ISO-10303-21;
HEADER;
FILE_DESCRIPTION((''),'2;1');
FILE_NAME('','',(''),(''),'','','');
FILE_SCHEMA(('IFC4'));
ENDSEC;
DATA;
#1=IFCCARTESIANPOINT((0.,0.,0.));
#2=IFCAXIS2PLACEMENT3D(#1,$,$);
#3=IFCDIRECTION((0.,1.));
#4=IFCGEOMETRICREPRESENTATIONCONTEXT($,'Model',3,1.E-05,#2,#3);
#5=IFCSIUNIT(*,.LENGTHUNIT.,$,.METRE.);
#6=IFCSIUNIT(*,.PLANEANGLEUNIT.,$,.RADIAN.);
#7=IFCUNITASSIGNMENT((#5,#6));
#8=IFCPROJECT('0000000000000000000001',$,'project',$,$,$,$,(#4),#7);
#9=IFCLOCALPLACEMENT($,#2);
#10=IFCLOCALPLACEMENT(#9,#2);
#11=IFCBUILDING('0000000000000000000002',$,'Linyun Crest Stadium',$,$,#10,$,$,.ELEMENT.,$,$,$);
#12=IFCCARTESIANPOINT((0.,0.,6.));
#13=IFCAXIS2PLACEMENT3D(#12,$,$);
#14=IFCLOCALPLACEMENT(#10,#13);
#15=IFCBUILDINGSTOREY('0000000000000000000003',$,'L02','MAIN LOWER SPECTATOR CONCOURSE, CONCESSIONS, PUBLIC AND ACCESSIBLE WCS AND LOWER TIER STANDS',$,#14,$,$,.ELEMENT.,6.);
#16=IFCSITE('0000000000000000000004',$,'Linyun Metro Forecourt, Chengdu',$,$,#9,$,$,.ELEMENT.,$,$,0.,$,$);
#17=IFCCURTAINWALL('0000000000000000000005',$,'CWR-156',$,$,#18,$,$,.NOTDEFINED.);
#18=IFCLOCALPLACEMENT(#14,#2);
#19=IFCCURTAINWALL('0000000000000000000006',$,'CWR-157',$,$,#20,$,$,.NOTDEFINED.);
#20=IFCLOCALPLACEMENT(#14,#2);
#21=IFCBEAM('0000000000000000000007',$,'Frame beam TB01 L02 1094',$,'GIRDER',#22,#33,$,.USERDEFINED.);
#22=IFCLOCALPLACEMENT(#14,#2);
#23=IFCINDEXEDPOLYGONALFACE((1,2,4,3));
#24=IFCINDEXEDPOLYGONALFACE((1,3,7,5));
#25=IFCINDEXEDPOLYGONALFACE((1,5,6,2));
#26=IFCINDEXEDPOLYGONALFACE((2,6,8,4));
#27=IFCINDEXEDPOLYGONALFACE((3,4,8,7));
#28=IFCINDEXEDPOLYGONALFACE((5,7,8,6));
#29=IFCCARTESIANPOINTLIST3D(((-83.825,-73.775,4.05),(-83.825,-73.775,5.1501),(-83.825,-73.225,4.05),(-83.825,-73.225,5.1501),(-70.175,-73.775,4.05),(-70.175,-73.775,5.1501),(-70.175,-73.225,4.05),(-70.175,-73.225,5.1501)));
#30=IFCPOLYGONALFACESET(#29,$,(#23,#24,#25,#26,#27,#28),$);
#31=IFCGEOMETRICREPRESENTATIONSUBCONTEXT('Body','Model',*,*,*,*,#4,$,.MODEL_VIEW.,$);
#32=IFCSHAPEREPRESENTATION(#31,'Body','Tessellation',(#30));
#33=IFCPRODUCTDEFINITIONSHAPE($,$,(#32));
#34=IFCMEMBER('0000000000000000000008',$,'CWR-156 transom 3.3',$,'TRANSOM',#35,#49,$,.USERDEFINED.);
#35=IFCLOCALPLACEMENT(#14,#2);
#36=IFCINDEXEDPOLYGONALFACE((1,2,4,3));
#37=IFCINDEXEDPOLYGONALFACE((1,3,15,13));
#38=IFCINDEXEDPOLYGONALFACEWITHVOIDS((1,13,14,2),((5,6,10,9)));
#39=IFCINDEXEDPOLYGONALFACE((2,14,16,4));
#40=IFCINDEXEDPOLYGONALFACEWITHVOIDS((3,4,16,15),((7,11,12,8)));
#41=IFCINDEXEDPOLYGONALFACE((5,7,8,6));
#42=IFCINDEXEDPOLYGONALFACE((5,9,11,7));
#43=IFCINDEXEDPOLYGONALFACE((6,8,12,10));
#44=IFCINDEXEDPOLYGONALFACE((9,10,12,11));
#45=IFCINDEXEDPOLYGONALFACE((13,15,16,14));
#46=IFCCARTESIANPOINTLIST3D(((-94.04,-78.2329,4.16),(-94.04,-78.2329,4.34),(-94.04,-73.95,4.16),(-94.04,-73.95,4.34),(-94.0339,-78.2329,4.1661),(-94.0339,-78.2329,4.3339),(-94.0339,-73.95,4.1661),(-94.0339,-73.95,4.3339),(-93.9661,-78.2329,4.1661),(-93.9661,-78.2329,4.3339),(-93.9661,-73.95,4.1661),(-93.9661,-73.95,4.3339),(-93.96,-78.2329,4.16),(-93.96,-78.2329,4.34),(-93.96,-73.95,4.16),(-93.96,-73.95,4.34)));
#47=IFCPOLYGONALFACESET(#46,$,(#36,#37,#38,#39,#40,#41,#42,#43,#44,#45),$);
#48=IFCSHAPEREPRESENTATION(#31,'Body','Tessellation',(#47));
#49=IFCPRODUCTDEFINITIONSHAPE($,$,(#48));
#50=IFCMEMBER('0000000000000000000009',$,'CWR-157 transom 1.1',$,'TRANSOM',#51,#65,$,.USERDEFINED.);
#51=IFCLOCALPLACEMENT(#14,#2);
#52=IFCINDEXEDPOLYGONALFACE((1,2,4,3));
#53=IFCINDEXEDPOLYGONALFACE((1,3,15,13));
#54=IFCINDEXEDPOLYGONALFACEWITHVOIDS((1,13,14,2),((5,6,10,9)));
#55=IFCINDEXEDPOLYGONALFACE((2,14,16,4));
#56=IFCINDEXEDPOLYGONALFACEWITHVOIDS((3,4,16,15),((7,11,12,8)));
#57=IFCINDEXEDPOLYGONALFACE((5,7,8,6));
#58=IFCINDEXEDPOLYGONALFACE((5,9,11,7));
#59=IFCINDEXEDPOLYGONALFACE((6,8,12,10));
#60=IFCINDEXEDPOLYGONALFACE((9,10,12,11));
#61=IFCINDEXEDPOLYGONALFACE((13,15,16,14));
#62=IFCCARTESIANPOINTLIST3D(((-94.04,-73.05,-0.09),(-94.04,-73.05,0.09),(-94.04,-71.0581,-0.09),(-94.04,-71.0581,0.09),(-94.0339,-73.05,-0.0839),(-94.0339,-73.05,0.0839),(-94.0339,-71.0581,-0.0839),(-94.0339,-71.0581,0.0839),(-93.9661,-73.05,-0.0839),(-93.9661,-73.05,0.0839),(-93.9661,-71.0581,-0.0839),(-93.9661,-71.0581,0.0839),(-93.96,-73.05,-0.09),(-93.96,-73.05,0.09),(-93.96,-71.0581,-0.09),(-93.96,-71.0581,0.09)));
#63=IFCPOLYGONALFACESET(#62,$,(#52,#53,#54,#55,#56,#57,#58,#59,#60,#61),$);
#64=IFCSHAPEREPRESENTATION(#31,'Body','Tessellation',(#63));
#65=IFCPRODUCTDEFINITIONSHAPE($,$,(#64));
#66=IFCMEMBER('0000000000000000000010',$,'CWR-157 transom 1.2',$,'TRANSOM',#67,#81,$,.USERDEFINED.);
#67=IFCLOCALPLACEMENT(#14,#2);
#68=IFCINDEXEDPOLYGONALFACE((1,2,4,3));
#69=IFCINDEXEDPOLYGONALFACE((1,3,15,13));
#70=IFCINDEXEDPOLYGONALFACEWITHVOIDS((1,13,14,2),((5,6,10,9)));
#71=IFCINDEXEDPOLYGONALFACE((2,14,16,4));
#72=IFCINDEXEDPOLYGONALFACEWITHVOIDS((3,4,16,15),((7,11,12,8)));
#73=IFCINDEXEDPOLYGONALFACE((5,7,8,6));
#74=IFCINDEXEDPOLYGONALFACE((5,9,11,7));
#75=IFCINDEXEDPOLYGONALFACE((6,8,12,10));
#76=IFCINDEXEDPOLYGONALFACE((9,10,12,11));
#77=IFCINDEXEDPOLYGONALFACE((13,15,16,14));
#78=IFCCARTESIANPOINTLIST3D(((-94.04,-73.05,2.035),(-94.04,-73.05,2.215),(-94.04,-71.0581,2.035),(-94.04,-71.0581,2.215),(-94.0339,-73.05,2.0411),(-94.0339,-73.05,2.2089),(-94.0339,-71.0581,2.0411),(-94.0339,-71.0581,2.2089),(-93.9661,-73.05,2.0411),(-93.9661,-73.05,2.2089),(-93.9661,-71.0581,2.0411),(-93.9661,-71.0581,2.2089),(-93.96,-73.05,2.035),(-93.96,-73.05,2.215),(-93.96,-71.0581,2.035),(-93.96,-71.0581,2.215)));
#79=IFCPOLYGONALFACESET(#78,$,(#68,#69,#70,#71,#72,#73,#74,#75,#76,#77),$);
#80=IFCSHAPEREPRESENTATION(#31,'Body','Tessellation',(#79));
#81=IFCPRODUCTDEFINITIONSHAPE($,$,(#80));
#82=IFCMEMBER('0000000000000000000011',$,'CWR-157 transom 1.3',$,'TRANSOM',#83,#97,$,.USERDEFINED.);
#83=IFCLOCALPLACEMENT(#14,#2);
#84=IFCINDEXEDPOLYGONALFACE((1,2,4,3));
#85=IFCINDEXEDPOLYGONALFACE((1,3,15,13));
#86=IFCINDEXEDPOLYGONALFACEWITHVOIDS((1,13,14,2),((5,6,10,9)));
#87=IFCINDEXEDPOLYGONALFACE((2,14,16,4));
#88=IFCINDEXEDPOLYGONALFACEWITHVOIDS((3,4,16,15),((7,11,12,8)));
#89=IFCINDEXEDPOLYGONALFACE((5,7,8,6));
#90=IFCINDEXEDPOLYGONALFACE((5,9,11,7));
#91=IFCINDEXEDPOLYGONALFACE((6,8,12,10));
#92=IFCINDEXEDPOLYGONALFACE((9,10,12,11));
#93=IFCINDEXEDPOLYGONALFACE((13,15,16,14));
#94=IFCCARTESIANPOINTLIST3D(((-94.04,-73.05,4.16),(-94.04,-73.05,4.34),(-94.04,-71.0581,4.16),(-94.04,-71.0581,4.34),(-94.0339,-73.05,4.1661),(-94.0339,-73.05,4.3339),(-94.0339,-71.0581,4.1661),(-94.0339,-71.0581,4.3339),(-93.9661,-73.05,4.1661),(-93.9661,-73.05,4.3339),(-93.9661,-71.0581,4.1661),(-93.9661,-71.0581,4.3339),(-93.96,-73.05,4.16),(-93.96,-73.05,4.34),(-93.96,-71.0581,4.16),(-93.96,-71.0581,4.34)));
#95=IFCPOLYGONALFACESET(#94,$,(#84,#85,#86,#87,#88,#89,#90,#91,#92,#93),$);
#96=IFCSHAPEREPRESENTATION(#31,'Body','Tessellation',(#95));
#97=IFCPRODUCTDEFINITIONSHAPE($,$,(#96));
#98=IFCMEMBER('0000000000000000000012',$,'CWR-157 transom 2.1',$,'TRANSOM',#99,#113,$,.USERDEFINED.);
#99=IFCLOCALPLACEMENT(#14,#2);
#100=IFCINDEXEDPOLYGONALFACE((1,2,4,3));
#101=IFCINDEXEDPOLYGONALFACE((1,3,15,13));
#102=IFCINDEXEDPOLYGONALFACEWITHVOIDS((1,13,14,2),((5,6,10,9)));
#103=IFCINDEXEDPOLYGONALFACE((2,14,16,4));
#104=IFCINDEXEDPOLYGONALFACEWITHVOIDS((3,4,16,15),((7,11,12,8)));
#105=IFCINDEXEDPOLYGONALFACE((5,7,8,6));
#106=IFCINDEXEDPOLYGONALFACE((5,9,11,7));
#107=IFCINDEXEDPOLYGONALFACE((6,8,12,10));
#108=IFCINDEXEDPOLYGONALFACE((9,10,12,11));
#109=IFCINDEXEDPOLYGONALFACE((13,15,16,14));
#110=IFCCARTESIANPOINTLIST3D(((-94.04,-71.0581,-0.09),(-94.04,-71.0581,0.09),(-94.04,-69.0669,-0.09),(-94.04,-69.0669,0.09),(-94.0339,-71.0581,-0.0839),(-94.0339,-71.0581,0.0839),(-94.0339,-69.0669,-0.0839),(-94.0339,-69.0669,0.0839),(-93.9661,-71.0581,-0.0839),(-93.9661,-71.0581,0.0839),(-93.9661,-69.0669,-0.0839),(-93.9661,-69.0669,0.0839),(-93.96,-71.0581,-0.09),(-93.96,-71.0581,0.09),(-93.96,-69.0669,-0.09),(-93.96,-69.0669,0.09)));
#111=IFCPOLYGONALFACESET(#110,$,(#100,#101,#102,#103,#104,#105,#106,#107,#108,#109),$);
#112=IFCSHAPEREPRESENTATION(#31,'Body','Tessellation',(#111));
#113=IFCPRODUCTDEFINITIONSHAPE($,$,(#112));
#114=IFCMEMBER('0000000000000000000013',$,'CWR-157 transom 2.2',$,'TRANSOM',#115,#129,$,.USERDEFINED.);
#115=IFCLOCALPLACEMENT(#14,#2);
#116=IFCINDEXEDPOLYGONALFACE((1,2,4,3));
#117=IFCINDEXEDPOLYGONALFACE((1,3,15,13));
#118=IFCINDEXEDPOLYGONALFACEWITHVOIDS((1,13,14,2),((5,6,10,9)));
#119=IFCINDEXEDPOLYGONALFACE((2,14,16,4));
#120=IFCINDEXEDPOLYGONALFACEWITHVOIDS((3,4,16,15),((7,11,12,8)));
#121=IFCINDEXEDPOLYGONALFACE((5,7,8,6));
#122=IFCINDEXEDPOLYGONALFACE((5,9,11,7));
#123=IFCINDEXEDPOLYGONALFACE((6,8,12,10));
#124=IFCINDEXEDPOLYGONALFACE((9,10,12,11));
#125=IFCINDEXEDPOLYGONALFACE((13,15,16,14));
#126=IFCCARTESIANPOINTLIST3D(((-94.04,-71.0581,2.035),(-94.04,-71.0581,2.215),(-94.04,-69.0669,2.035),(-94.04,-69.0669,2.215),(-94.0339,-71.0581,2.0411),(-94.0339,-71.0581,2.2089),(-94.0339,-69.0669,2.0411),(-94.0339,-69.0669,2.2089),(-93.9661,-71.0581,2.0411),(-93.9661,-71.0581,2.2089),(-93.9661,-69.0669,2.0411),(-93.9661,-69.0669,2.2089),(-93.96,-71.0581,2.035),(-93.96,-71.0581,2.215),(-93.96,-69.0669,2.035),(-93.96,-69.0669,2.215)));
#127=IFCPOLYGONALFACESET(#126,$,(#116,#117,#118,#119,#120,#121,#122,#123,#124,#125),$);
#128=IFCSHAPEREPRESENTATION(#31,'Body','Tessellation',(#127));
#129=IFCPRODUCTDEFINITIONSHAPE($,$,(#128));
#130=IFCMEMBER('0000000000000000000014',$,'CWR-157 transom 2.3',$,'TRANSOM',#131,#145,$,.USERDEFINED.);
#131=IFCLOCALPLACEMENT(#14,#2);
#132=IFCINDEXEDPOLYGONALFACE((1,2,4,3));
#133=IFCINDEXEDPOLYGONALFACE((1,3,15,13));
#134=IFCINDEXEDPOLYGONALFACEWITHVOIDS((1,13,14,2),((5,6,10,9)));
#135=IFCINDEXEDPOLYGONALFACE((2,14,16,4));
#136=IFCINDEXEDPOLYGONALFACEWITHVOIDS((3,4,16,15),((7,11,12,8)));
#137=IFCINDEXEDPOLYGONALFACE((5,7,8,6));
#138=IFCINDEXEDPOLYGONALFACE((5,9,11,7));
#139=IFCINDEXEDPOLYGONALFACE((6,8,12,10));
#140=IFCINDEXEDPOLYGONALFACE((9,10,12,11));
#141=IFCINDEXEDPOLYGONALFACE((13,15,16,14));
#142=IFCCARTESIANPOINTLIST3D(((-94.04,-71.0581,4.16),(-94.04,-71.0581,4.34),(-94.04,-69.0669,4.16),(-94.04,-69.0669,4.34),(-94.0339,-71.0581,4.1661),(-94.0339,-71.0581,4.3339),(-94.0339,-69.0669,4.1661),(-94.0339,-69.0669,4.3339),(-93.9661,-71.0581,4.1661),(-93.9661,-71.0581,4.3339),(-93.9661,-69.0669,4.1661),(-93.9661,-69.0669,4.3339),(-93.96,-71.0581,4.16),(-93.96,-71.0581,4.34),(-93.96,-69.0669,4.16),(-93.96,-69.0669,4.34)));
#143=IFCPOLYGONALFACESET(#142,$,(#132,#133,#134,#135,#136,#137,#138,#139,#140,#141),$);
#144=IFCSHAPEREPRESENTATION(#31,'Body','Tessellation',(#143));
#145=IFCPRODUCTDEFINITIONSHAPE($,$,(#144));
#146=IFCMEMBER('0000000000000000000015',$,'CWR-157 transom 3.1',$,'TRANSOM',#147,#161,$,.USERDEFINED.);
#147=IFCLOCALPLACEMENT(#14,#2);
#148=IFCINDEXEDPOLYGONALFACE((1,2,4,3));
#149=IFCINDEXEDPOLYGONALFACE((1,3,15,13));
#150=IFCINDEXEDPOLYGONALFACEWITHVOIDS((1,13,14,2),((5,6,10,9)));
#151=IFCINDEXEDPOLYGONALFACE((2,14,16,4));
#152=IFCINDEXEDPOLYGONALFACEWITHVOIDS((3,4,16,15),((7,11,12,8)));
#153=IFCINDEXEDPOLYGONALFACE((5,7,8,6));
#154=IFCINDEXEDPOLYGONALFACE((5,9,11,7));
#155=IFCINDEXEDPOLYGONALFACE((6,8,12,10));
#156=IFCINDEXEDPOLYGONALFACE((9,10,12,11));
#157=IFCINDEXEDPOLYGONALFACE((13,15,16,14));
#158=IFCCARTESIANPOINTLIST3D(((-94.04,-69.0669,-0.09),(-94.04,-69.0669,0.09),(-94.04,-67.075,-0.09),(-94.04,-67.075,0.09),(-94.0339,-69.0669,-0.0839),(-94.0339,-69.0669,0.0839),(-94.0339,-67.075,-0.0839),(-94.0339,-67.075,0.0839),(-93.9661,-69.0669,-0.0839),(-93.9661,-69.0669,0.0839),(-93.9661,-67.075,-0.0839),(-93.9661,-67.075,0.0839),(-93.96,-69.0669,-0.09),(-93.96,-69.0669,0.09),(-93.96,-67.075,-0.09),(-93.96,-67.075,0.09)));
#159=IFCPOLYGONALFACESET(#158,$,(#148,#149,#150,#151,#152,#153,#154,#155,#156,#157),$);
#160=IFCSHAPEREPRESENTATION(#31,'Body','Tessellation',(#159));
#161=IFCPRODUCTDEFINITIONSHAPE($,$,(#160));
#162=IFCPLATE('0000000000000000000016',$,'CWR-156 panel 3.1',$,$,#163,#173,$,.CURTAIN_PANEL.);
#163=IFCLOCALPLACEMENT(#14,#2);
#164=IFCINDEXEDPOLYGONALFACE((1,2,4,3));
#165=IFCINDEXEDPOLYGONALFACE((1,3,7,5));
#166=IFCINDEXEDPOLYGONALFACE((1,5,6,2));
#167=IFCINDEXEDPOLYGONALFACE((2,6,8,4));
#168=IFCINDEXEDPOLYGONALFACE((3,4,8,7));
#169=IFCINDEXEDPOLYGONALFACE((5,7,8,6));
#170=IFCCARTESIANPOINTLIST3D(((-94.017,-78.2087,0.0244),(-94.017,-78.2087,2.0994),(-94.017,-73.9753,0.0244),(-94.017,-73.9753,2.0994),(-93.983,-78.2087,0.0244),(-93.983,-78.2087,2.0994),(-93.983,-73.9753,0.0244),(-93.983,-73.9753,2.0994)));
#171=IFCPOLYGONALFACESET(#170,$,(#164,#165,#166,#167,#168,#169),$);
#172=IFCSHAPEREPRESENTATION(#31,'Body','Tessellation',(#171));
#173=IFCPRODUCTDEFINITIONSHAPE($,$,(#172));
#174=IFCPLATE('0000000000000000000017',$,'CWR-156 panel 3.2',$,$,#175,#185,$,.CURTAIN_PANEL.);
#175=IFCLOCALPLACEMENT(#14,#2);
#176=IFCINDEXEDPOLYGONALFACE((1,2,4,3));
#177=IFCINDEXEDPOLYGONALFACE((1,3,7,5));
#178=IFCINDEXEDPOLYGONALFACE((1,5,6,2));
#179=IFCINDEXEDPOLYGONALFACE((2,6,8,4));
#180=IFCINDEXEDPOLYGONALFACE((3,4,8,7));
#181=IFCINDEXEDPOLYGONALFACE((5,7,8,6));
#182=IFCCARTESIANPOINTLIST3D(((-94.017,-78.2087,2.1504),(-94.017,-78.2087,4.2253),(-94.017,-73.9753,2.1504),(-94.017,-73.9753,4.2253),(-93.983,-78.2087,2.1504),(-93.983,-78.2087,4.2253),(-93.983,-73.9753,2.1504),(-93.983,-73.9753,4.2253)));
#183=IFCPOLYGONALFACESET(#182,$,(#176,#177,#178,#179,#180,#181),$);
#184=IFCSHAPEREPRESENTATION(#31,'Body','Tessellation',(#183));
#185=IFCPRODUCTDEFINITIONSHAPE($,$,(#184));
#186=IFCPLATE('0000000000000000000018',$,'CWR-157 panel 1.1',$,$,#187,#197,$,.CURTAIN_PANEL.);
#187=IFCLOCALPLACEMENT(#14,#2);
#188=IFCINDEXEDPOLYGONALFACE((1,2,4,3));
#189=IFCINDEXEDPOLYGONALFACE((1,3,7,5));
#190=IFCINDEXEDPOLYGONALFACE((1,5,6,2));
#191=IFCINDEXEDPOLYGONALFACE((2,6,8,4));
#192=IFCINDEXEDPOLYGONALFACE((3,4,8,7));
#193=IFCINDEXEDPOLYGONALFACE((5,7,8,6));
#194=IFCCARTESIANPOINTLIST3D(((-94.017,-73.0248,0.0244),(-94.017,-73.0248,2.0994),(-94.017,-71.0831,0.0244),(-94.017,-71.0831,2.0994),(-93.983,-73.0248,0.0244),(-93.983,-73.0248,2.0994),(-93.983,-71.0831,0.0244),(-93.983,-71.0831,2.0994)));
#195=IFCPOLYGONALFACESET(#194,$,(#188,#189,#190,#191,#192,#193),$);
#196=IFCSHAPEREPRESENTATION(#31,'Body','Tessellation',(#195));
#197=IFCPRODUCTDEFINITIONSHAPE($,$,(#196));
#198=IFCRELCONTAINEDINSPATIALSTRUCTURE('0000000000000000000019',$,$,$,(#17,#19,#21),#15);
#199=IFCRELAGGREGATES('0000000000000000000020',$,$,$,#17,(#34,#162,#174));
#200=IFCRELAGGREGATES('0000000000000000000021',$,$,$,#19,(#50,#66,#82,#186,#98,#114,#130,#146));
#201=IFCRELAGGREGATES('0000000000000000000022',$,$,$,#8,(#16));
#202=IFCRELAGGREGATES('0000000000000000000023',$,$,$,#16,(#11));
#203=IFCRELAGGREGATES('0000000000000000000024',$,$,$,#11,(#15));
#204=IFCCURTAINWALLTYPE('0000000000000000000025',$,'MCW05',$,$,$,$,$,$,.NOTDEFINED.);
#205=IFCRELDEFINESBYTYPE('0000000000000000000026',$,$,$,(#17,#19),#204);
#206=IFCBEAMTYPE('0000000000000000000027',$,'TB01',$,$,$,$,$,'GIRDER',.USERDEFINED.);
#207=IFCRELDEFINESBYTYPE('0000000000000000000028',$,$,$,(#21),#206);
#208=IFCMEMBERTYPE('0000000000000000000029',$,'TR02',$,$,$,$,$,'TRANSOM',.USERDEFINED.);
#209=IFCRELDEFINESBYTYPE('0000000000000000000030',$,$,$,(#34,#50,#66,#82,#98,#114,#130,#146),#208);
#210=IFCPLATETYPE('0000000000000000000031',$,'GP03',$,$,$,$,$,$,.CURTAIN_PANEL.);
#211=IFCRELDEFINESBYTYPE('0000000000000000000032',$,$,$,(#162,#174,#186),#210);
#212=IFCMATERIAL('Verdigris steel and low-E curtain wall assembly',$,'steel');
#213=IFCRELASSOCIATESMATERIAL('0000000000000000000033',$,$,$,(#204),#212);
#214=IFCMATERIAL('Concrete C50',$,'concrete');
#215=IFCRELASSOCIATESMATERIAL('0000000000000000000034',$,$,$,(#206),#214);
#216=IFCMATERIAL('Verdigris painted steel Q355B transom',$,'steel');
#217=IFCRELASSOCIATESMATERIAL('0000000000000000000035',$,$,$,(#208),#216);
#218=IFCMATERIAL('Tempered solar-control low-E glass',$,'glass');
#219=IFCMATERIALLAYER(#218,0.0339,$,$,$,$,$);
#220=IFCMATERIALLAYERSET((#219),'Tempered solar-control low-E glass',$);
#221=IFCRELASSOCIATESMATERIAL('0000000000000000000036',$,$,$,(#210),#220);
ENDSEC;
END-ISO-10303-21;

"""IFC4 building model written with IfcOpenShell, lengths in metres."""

from ifc_helpers import new_model, si_unit, direction, frame, origin, origin_2d, place, context, subcontext, project, spatial, rectangle, hollow_rectangle, extrude, material, layer, layer_set, material_profile, profile_set, type_object, element, aggregate, save


model = new_model("IFC4")

# Units and contexts
model_context = context("Model", 3, precision=1e-05, world=origin(), true_north=direction((0.0, 1.0)))
body_context = subcontext(model_context, "Body", "Model", "MODEL_VIEW")
ifc_project = project(units=[si_unit("LENGTHUNIT", "METRE"), si_unit("PLANEANGLEUNIT", "RADIAN")], contexts=[model_context])

# Site, building, storey
site_placement = place(None, origin())
site = spatial("IfcSite", under=ifc_project, at=site_placement, Name="Linyun Metro Forecourt, Chengdu", CompositionType="ELEMENT", RefElevation=0.0)
building_placement = place(site_placement, origin())
building = spatial("IfcBuilding", under=site, at=building_placement, Name="Linyun Crest Stadium", CompositionType="ELEMENT")
storey_placement = place(building_placement, frame((0.0, 0.0, 6.0)))
storey = spatial("IfcBuildingStorey", under=building, at=storey_placement, Name="L02", Description="MAIN LOWER SPECTATOR CONCOURSE, CONCESSIONS, PUBLIC AND ACCESSIBLE WCS AND LOWER TIER STANDS", CompositionType="ELEMENT", Elevation=6.0)

# Curtain wall
ifc_material_1 = material(Name="Verdigris steel and low-E curtain wall assembly", Category="steel")
curtain_wall_type = type_object("IfcCurtainWallType", Name="MCW05", PredefinedType="NOTDEFINED", material=ifc_material_1)
curtain_wall_1_placement = place(storey_placement, origin())
curtain_wall_1 = element("IfcCurtainWall", 1, at=curtain_wall_1_placement, inside=storey, type_object=curtain_wall_type, Name="CWR-156", PredefinedType="NOTDEFINED")

# Curtain wall
curtain_wall_2_placement = place(storey_placement, origin())
curtain_wall_2 = element("IfcCurtainWall", 2, at=curtain_wall_2_placement, inside=storey, type_object=curtain_wall_type, Name="CWR-157", PredefinedType="NOTDEFINED")

# Beam
ifc_material_2 = material(Name="Concrete C50", Category="concrete")
ifc_material_profile_1 = material_profile(ifc_material_2, rectangle(XDim=0.55, YDim=1.1001, at=origin_2d()), Name="RCB 1100x550")
ifc_profile_set_1 = profile_set([ifc_material_profile_1], Name="Concrete C50")
beam_type_1 = type_object("IfcBeamType", Name="TB01", ElementType="GIRDER", PredefinedType="USERDEFINED", material=ifc_profile_set_1)
beam_1_placement = place(storey_placement, frame((-83.825, -73.5, 4.6001), z_axis=(1.0, 0.0, 0.0), x_axis=(0.0, 1.0, 0.0)))
element("IfcBeam", 3, at=beam_1_placement, inside=storey, type_object=beam_type_1, Name="Frame beam TB01 L02 1094", ObjectType="GIRDER", PredefinedType="USERDEFINED", context=body_context, shape_type="SweptSolid", body=[
    extrude(rectangle(XDim=0.55, YDim=1.1001, at=origin_2d()), origin(), (0.0, 0.0, 1.0), 13.6499),
])

# Members
ifc_material_3 = material(Name="Verdigris painted steel Q355B transom", Category="steel")
ifc_material_profile_2 = material_profile(ifc_material_3, hollow_rectangle(XDim=0.0801, YDim=0.1799, WallThickness=0.0061, at=origin_2d()), Name="RHS 180x80x6")
ifc_profile_set_2 = profile_set([ifc_material_profile_2], Name="Verdigris painted steel Q355B transom")
member_type_1 = type_object("IfcMemberType", Name="TR02", ElementType="TRANSOM", PredefinedType="USERDEFINED", material=ifc_profile_set_2)
member_1_placement = place(storey_placement, frame((-94.0, -78.2329, 4.25), z_axis=(0.0, 1.0, 0.0), x_axis=(-1.0, 0.0, 0.0)))
member_1 = element("IfcMember", 4, at=member_1_placement, type_object=member_type_1, Name="CWR-156 transom 3.3", ObjectType="TRANSOM", PredefinedType="USERDEFINED", context=body_context, shape_type="SweptSolid", body=[
    extrude(hollow_rectangle(XDim=0.0801, YDim=0.1799, WallThickness=0.0061, at=origin_2d()), origin(), (0.0, 0.0, 1.0), 4.283),
])
member_2_placement = place(storey_placement, frame((-94.0, -73.05, 0.0), z_axis=(0.0, 1.0, 0.0), x_axis=(-1.0, 0.0, 0.0)))
member_2 = element("IfcMember", 5, at=member_2_placement, type_object=member_type_1, Name="CWR-157 transom 1.1", ObjectType="TRANSOM", PredefinedType="USERDEFINED", context=body_context, shape_type="SweptSolid", body=[
    extrude(hollow_rectangle(XDim=0.0801, YDim=0.1799, WallThickness=0.0061, at=origin_2d()), origin(), (0.0, 0.0, 1.0), 1.9919),
])
member_3_placement = place(storey_placement, frame((-94.0, -73.05, 2.125), z_axis=(0.0, 1.0, 0.0), x_axis=(-1.0, 0.0, 0.0)))
member_3 = element("IfcMember", 6, at=member_3_placement, type_object=member_type_1, Name="CWR-157 transom 1.2", ObjectType="TRANSOM", PredefinedType="USERDEFINED", context=body_context, shape_type="SweptSolid", body=[
    extrude(hollow_rectangle(XDim=0.0801, YDim=0.1799, WallThickness=0.0061, at=origin_2d()), origin(), (0.0, 0.0, 1.0), 1.9919),
])
member_4_placement = place(storey_placement, frame((-94.0, -73.05, 4.25), z_axis=(0.0, 1.0, 0.0), x_axis=(-1.0, 0.0, 0.0)))
member_4 = element("IfcMember", 7, at=member_4_placement, type_object=member_type_1, Name="CWR-157 transom 1.3", ObjectType="TRANSOM", PredefinedType="USERDEFINED", context=body_context, shape_type="SweptSolid", body=[
    extrude(hollow_rectangle(XDim=0.0801, YDim=0.1799, WallThickness=0.0061, at=origin_2d()), origin(), (0.0, 0.0, 1.0), 1.9919),
])
member_5_placement = place(storey_placement, frame((-94.0, -71.0581, 0.0), z_axis=(0.0, 1.0, 0.0), x_axis=(-1.0, 0.0, 0.0)))
member_5 = element("IfcMember", 8, at=member_5_placement, type_object=member_type_1, Name="CWR-157 transom 2.1", ObjectType="TRANSOM", PredefinedType="USERDEFINED", context=body_context, shape_type="SweptSolid", body=[
    extrude(hollow_rectangle(XDim=0.0801, YDim=0.1799, WallThickness=0.0061, at=origin_2d()), origin(), (0.0, 0.0, 1.0), 1.9912),
])
member_6_placement = place(storey_placement, frame((-94.0, -71.0581, 2.125), z_axis=(0.0, 1.0, 0.0), x_axis=(-1.0, 0.0, 0.0)))
member_6 = element("IfcMember", 9, at=member_6_placement, type_object=member_type_1, Name="CWR-157 transom 2.2", ObjectType="TRANSOM", PredefinedType="USERDEFINED", context=body_context, shape_type="SweptSolid", body=[
    extrude(hollow_rectangle(XDim=0.0801, YDim=0.1799, WallThickness=0.0061, at=origin_2d()), origin(), (0.0, 0.0, 1.0), 1.9912),
])
member_7_placement = place(storey_placement, frame((-94.0, -71.0581, 4.25), z_axis=(0.0, 1.0, 0.0), x_axis=(-1.0, 0.0, 0.0)))
member_7 = element("IfcMember", 10, at=member_7_placement, type_object=member_type_1, Name="CWR-157 transom 2.3", ObjectType="TRANSOM", PredefinedType="USERDEFINED", context=body_context, shape_type="SweptSolid", body=[
    extrude(hollow_rectangle(XDim=0.0801, YDim=0.1799, WallThickness=0.0061, at=origin_2d()), origin(), (0.0, 0.0, 1.0), 1.9912),
])
member_8_placement = place(storey_placement, frame((-94.0, -69.0669, 0.0), z_axis=(0.0, 1.0, 0.0), x_axis=(-1.0, 0.0, 0.0)))
member_8 = element("IfcMember", 11, at=member_8_placement, type_object=member_type_1, Name="CWR-157 transom 3.1", ObjectType="TRANSOM", PredefinedType="USERDEFINED", context=body_context, shape_type="SweptSolid", body=[
    extrude(hollow_rectangle(XDim=0.0801, YDim=0.1799, WallThickness=0.0061, at=origin_2d()), origin(), (0.0, 0.0, 1.0), 1.9919),
])

# Plates
ifc_material_4 = material(Name="Tempered solar-control low-E glass", Category="glass")
ifc_layer_1 = layer(ifc_material_4, 0.0339)
ifc_layer_set_1 = layer_set([ifc_layer_1], Name="Tempered solar-control low-E glass")
plate_type = type_object("IfcPlateType", Name="GP03", PredefinedType="CURTAIN_PANEL", material=ifc_layer_set_1)
plate_1_placement = place(storey_placement, frame((-94.0, -76.092, 0.0244), z_axis=(0.0, 0.0, 1.0), x_axis=(0.0, 1.0, 0.0)))
plate_1 = element("IfcPlate", 12, at=plate_1_placement, type_object=plate_type, Name="CWR-156 panel 3.1", PredefinedType="CURTAIN_PANEL", context=body_context, shape_type="SweptSolid", body=[
    extrude(rectangle(XDim=4.2334, YDim=0.0339, at=origin_2d()), origin(), (0.0, 0.0, 1.0), 2.075),
])
plate_2_placement = place(storey_placement, frame((-94.0, -76.092, 2.1504), z_axis=(0.0, 0.0, 1.0), x_axis=(0.0, 1.0, 0.0)))
plate_2 = element("IfcPlate", 13, at=plate_2_placement, type_object=plate_type, Name="CWR-156 panel 3.2", PredefinedType="CURTAIN_PANEL", context=body_context, shape_type="SweptSolid", body=[
    extrude(rectangle(XDim=4.2334, YDim=0.0339, at=origin_2d()), origin(), (0.0, 0.0, 1.0), 2.075),
])
aggregate(curtain_wall_1, [member_1, plate_1, plate_2])
plate_3_placement = place(storey_placement, frame((-94.0, -72.054, 0.0244), z_axis=(0.0, 0.0, 1.0), x_axis=(0.0, 1.0, 0.0)))
plate_3 = element("IfcPlate", 14, at=plate_3_placement, type_object=plate_type, Name="CWR-157 panel 1.1", PredefinedType="CURTAIN_PANEL", context=body_context, shape_type="SweptSolid", body=[
    extrude(rectangle(XDim=1.9417, YDim=0.0339, at=origin_2d()), origin(), (0.0, 0.0, 1.0), 2.075),
])
aggregate(curtain_wall_2, [member_2, member_3, member_4, plate_3, member_5, member_6, member_7, member_8])

save(model, "model.ifc")
